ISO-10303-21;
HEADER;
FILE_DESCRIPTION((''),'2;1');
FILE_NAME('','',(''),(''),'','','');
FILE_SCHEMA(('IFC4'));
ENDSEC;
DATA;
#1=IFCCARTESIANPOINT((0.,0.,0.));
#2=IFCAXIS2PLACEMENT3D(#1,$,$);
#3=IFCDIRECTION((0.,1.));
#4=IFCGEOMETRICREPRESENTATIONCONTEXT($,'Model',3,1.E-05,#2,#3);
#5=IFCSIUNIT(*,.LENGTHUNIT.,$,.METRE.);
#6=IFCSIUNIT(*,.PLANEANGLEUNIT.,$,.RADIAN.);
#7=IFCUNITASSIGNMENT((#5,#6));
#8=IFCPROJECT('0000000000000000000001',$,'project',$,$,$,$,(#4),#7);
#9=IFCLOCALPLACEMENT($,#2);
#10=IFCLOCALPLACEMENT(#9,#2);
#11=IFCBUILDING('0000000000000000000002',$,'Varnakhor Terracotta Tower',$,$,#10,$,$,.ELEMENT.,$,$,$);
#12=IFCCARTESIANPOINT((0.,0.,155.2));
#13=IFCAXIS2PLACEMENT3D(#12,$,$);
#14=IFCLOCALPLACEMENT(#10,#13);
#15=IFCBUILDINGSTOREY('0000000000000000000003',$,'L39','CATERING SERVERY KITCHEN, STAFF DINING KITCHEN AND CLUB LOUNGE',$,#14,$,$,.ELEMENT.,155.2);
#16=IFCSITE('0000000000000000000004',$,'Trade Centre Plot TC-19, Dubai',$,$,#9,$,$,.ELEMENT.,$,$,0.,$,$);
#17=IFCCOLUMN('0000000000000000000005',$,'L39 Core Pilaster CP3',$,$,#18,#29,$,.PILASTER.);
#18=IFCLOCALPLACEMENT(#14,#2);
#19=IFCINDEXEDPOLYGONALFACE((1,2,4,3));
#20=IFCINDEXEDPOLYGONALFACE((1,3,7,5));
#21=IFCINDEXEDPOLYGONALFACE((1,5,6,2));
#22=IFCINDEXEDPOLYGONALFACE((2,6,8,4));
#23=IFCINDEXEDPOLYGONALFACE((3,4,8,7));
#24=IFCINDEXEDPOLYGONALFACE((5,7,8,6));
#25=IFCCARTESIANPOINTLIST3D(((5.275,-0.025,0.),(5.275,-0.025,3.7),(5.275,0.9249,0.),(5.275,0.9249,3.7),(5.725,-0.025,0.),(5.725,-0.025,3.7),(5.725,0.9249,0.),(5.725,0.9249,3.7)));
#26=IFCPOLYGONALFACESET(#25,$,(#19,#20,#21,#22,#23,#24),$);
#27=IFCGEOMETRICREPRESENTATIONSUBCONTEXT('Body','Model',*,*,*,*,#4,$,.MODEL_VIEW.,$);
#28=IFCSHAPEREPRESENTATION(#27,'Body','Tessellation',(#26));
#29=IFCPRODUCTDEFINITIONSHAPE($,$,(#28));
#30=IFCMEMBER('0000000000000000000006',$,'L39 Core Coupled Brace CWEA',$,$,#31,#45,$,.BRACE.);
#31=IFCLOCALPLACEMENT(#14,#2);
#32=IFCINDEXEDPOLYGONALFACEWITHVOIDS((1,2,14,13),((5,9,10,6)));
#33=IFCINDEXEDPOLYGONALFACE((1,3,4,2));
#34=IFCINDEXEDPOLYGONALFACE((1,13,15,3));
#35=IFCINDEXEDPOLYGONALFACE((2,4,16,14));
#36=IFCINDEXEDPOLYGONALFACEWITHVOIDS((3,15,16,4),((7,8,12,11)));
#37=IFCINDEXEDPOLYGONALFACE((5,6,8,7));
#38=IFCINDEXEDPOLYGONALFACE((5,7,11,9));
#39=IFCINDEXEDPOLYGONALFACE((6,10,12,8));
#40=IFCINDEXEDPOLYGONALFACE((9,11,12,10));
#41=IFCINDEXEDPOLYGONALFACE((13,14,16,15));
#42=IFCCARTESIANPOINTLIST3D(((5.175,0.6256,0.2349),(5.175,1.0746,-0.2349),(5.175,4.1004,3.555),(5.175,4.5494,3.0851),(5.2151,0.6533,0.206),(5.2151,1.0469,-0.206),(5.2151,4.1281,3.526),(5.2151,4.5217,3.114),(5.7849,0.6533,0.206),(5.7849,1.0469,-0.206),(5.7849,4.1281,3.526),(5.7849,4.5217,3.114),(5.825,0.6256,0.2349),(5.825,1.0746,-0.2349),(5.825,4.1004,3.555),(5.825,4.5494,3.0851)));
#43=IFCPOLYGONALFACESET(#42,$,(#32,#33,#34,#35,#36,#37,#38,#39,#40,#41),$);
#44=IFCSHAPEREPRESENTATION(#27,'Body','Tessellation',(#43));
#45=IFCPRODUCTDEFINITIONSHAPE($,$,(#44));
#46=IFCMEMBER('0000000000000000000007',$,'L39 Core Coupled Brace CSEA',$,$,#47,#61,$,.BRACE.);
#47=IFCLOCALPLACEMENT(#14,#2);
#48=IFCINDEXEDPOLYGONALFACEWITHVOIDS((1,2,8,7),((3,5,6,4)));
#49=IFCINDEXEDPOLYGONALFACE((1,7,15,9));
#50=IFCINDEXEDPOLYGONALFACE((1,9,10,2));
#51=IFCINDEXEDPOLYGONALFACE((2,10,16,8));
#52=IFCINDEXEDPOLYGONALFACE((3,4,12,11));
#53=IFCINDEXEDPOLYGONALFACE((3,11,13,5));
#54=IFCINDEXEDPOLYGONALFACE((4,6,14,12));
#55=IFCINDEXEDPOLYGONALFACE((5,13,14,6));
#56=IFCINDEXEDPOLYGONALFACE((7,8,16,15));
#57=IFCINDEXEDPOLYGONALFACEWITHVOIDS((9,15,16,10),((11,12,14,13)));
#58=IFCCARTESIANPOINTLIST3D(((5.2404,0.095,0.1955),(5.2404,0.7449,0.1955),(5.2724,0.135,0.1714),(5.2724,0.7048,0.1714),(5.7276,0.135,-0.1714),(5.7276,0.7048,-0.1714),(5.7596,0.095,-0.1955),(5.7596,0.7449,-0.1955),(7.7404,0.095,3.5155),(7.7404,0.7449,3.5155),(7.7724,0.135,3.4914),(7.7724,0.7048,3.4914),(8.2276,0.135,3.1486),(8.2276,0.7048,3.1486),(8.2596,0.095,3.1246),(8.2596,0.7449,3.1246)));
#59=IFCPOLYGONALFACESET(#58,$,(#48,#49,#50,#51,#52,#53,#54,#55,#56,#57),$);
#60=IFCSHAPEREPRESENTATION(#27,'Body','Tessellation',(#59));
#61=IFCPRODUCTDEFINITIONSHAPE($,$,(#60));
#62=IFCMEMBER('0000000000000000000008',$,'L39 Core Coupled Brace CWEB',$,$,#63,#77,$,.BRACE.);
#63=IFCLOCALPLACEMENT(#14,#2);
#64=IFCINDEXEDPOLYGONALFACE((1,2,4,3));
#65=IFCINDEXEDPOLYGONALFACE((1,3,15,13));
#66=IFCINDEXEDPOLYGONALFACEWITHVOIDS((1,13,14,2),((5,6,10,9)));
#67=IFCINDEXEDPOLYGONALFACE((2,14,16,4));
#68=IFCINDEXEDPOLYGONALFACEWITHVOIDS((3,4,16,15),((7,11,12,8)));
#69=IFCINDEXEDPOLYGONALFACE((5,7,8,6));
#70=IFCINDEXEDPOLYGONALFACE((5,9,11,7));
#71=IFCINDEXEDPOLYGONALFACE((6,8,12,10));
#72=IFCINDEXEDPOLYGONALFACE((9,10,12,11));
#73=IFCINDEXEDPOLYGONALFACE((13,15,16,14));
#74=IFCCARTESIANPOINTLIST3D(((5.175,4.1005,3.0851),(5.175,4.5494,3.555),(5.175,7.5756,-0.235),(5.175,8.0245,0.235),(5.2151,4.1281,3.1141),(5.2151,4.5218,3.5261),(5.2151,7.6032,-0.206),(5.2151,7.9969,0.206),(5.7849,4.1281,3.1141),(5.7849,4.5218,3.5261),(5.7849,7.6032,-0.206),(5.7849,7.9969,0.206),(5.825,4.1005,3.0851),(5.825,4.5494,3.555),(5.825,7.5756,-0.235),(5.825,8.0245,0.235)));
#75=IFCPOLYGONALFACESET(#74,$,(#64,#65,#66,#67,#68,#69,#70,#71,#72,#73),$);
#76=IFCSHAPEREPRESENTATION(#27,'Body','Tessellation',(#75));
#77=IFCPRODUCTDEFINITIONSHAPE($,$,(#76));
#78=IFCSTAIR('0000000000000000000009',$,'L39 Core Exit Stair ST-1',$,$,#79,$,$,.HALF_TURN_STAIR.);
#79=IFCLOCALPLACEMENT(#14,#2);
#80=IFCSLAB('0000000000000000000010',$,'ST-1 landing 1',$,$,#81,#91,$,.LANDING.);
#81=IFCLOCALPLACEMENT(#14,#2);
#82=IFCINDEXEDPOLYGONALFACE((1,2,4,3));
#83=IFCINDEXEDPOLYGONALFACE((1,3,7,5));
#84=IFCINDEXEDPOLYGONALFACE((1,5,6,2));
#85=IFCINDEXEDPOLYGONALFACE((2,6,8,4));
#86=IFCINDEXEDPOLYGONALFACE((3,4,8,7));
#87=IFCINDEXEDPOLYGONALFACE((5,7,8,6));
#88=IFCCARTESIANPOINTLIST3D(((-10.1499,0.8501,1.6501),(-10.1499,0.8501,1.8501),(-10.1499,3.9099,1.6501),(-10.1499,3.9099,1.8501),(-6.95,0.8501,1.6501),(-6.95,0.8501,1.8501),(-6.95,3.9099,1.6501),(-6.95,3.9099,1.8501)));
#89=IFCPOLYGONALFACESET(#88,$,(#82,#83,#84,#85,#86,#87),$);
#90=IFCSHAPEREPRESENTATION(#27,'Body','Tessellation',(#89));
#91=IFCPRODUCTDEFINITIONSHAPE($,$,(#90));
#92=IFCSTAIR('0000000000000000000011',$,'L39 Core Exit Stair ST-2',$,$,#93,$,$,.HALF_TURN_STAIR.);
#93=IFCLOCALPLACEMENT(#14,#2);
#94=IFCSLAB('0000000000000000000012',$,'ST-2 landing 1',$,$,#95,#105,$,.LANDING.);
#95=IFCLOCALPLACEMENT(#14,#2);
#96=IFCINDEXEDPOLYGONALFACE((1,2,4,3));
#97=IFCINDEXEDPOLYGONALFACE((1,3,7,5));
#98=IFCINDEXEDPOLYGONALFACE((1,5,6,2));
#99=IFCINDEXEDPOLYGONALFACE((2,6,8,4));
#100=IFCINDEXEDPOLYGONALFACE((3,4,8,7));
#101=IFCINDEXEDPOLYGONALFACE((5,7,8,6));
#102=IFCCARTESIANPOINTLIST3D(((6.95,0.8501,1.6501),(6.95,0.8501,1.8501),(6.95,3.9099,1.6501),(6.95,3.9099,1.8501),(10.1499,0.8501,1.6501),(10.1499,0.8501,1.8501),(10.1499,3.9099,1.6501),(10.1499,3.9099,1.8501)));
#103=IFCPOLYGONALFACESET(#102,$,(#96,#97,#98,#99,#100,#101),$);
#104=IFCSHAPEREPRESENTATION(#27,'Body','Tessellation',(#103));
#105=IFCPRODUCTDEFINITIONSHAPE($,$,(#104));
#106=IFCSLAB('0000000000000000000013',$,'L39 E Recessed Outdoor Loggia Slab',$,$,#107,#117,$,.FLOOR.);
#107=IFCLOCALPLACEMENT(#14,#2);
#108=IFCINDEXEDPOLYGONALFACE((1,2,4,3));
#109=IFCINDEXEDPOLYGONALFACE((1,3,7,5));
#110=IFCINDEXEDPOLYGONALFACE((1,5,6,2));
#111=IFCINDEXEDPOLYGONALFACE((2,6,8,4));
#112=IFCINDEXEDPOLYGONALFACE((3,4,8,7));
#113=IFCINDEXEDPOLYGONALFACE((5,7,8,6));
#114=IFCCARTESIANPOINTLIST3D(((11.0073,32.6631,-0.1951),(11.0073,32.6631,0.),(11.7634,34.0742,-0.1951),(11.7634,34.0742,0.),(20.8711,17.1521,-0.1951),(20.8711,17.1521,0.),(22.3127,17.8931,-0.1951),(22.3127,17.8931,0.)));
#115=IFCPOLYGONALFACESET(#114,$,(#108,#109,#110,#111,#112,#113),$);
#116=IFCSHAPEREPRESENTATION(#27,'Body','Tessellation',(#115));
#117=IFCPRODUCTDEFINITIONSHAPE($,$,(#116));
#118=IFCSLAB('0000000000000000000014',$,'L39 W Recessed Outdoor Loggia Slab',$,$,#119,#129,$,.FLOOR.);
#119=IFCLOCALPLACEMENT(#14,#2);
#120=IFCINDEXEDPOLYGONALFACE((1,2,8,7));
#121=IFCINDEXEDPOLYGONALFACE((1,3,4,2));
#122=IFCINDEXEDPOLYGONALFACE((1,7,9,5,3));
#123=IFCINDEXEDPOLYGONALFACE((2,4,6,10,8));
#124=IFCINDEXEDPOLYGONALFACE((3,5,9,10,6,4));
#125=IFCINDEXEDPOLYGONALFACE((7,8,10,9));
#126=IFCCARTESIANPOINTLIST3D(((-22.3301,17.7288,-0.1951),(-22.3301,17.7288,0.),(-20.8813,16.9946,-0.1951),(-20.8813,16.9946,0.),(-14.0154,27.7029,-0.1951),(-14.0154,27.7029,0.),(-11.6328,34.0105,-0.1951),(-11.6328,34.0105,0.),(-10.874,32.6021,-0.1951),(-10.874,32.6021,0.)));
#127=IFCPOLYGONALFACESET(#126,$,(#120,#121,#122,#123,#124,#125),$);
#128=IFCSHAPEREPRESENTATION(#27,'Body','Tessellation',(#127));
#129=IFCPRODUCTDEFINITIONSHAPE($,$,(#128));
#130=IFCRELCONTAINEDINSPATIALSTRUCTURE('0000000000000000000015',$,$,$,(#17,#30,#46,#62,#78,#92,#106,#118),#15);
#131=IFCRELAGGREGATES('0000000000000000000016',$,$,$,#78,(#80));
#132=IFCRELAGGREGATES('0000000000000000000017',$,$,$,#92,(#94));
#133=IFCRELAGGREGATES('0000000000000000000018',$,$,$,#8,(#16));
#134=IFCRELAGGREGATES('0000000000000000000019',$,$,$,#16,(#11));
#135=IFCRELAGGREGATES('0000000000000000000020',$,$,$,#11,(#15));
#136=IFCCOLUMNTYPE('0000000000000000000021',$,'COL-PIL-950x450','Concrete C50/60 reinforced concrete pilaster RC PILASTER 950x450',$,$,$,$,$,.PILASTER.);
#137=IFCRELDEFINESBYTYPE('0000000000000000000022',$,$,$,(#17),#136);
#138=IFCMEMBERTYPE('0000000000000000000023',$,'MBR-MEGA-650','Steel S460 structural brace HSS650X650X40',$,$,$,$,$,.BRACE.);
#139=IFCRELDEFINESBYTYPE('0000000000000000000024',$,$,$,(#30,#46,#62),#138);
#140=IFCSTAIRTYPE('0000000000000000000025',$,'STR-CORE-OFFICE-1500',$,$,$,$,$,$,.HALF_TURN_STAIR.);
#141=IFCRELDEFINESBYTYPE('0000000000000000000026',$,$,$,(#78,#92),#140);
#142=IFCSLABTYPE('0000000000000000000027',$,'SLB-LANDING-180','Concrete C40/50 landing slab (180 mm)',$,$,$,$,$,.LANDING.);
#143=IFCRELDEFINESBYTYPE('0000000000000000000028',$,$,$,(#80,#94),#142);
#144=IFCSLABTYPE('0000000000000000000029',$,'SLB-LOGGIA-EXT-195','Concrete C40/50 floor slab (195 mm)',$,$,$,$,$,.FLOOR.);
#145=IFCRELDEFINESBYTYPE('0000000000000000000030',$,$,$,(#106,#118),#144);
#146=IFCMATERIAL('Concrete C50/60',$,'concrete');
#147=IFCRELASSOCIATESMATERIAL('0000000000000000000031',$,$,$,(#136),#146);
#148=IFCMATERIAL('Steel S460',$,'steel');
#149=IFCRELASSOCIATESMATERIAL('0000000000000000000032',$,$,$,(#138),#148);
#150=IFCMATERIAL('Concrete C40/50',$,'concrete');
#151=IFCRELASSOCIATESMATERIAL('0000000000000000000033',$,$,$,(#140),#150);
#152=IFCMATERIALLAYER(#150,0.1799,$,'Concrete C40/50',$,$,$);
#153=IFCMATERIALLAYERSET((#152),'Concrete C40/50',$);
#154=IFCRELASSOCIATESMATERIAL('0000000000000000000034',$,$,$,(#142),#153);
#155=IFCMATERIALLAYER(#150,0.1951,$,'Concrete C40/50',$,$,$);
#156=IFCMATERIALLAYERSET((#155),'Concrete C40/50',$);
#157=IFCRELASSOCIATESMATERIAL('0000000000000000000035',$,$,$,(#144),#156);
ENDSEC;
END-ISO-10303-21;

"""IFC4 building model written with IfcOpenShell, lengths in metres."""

from ifc_helpers import new_model, si_unit, direction, frame, origin, origin_2d, place, context, subcontext, project, spatial, polyline, rectangle, hollow_rectangle, outline, extrude, source, transform, mapped, material, layer, layer_set, material_profile, profile_set, type_object, element, aggregate, save


model = new_model("IFC4")

# Units and contexts
model_context = context("Model", 3, precision=1e-05, world=origin(), true_north=direction((0.0, 1.0)))
body_context = subcontext(model_context, "Body", "Model", "MODEL_VIEW")
ifc_project = project(units=[si_unit("LENGTHUNIT", "METRE"), si_unit("PLANEANGLEUNIT", "RADIAN")], contexts=[model_context])

# Site, building, storey
site_placement = place(None, origin())
site = spatial("IfcSite", under=ifc_project, at=site_placement, Name="Trade Centre Plot TC-19, Dubai", CompositionType="ELEMENT", RefElevation=0.0)
building_placement = place(site_placement, origin())
building = spatial("IfcBuilding", under=site, at=building_placement, Name="Varnakhor Terracotta Tower", CompositionType="ELEMENT")
storey_placement = place(building_placement, frame((0.0, 0.0, 155.2)))
storey = spatial("IfcBuildingStorey", under=building, at=storey_placement, Name="L39", Description="CATERING SERVERY KITCHEN, STAFF DINING KITCHEN AND CLUB LOUNGE", CompositionType="ELEMENT", Elevation=155.2)

# Column
ifc_material_1 = material(Name="Concrete C50/60", Category="concrete")
ifc_material_profile_1 = material_profile(ifc_material_1, rectangle(XDim=0.45, YDim=0.95, at=origin_2d()), Name="RC PILASTER 950x450")
ifc_profile_set_1 = profile_set([ifc_material_profile_1], Name="Concrete C50/60")
column_type = type_object("IfcColumnType", Name="COL-PIL-950x450", Description="Concrete C50/60 reinforced concrete pilaster RC PILASTER 950x450", PredefinedType="PILASTER", material=ifc_profile_set_1)
shared_shape_1 = source(origin(), body_context, "Body", "SweptSolid", [
    extrude(rectangle(XDim=0.45, YDim=0.95, at=origin_2d()), origin(), (0.0, 0.0, 1.0), 3.7),
])
column_placement = place(storey_placement, frame((5.5, 0.45, 0.0), z_axis=(0.0, 0.0, 1.0), x_axis=(1.0, 0.0, 0.0)))
element("IfcColumn", 1, at=column_placement, inside=storey, type_object=column_type, Name="L39 Core Pilaster CP3", PredefinedType="PILASTER", context=body_context, shape_type="MappedRepresentation", body=[
    mapped(shared_shape_1, transform((0.0, 0.0, 0.0), scale=1.0)),
])

# Members
ifc_material_2 = material(Name="Steel S460", Category="steel")
ifc_material_profile_2 = material_profile(ifc_material_2, hollow_rectangle(XDim=0.6499, YDim=0.6499, WallThickness=0.04, at=origin_2d()), Name="HSS650X650X40")
ifc_profile_set_2 = profile_set([ifc_material_profile_2], Name="Steel S460")
member_type = type_object("IfcMemberType", Name="MBR-MEGA-650", Description="Steel S460 structural brace HSS650X650X40", PredefinedType="BRACE", material=ifc_profile_set_2)
shared_shape_2 = source(origin(), body_context, "Body", "SweptSolid", [
    extrude(hollow_rectangle(XDim=0.6499, YDim=0.6499, WallThickness=0.04, at=origin_2d()), origin(), (0.0, 0.0, 1.0), 4.8059),
])
member_1_placement = place(storey_placement, frame((5.5, 0.8501, 0.0), z_axis=(0.0, 0.723027, 0.69082), x_axis=(-1.0, 0.0, 0.0)))
element("IfcMember", 2, at=member_1_placement, inside=storey, type_object=member_type, Name="L39 Core Coupled Brace CWEA", PredefinedType="BRACE", context=body_context, shape_type="MappedRepresentation", body=[
    mapped(shared_shape_2, transform((0.0, 0.0, 0.0), scale=1.0)),
])
shared_shape_3 = source(origin(), body_context, "Body", "SweptSolid", [
    extrude(hollow_rectangle(XDim=0.6499, YDim=0.6499, WallThickness=0.04, at=origin_2d()), origin(), (0.0, 0.0, 1.0), 4.156),
])
member_2_placement = place(storey_placement, frame((5.5, 0.4199, 0.0), z_axis=(0.601531, 0.0, 0.79885), x_axis=(0.0, 1.0, 0.0)))
element("IfcMember", 3, at=member_2_placement, inside=storey, type_object=member_type, Name="L39 Core Coupled Brace CSEA", PredefinedType="BRACE", context=body_context, shape_type="MappedRepresentation", body=[
    mapped(shared_shape_3, transform((0.0, 0.0, 0.0), scale=1.0)),
])
shared_shape_4 = source(origin(), body_context, "Body", "SweptSolid", [
    extrude(hollow_rectangle(XDim=0.6499, YDim=0.6499, WallThickness=0.04, at=origin_2d()), origin(), (0.0, 0.0, 1.0), 4.8062),
])
member_3_placement = place(storey_placement, frame((5.5, 7.8, 0.0), z_axis=(0.0, -0.723051, 0.690795), x_axis=(1.0, 0.0, 0.0)))
element("IfcMember", 4, at=member_3_placement, inside=storey, type_object=member_type, Name="L39 Core Coupled Brace CWEB", PredefinedType="BRACE", context=body_context, shape_type="MappedRepresentation", body=[
    mapped(shared_shape_4, transform((0.0, 0.0, 0.0), scale=1.0)),
])

# Stairs, slabs
ifc_material_3 = material(Name="Concrete C40/50", Category="concrete")
stair_type = type_object("IfcStairType", Name="STR-CORE-OFFICE-1500", PredefinedType="HALF_TURN_STAIR", material=ifc_material_3)
stair_1_placement = place(storey_placement, origin())
stair_1 = element("IfcStair", 5, at=stair_1_placement, inside=storey, type_object=stair_type, Name="L39 Core Exit Stair ST-1", PredefinedType="HALF_TURN_STAIR")
ifc_layer_1 = layer(ifc_material_3, 0.1799, Name="Concrete C40/50")
ifc_layer_set_1 = layer_set([ifc_layer_1], Name="Concrete C40/50")
slab_type_1 = type_object("IfcSlabType", Name="SLB-LANDING-180", Description="Concrete C40/50 landing slab (180 mm)", PredefinedType="LANDING", material=ifc_layer_set_1)
slab_1_placement = place(storey_placement, frame((0.0, 0.0, 1.6501)))
slab_1 = element("IfcSlab", 6, at=slab_1_placement, type_object=slab_type_1, Name="ST-1 landing 1", PredefinedType="LANDING", context=body_context, shape_type="SweptSolid", body=[
    extrude(outline(polyline([(-10.1499, 3.9099), (-10.1499, 0.8501), (-6.95, 0.8501), (-6.95, 3.9099), (-10.1499, 3.9099)])), origin(), (0.0, 0.0, 1.0), 0.2),
])
aggregate(stair_1, [slab_1])
stair_2_placement = place(storey_placement, origin())
stair_2 = element("IfcStair", 7, at=stair_2_placement, inside=storey, type_object=stair_type, Name="L39 Core Exit Stair ST-2", PredefinedType="HALF_TURN_STAIR")
slab_2_placement = place(storey_placement, frame((0.0, 0.0, 1.6501)))
slab_2 = element("IfcSlab", 8, at=slab_2_placement, type_object=slab_type_1, Name="ST-2 landing 1", PredefinedType="LANDING", context=body_context, shape_type="SweptSolid", body=[
    extrude(outline(polyline([(6.95, 3.9099), (6.95, 0.8501), (10.1499, 0.8501), (10.1499, 3.9099), (6.95, 3.9099)])), origin(), (0.0, 0.0, 1.0), 0.2),
])

# Slabs
ifc_layer_2 = layer(ifc_material_3, 0.1951, Name="Concrete C40/50")
ifc_layer_set_2 = layer_set([ifc_layer_2], Name="Concrete C40/50")
slab_type_2 = type_object("IfcSlabType", Name="SLB-LOGGIA-EXT-195", Description="Concrete C40/50 floor slab (195 mm)", PredefinedType="FLOOR", material=ifc_layer_set_2)
slab_3_placement = place(storey_placement, frame((0.0, 0.0, -0.1951)))
element("IfcSlab", 9, at=slab_3_placement, inside=storey, type_object=slab_type_2, Name="L39 E Recessed Outdoor Loggia Slab", PredefinedType="FLOOR", context=body_context, shape_type="SweptSolid", body=[
    extrude(outline(polyline([(11.7634, 34.0742), (22.3127, 17.8931), (20.8711, 17.1521), (11.0073, 32.6631), (11.7634, 34.0742)])), origin(), (0.0, 0.0, 1.0), 0.1951),
])
slab_4_placement = place(storey_placement, frame((0.0, 0.0, -0.1951)))
element("IfcSlab", 10, at=slab_4_placement, inside=storey, type_object=slab_type_2, Name="L39 W Recessed Outdoor Loggia Slab", PredefinedType="FLOOR", context=body_context, shape_type="SweptSolid", body=[
    extrude(outline(polyline([(-22.3301, 17.7288), (-11.6328, 34.0105), (-10.874, 32.6021), (-14.0154, 27.7029), (-20.8813, 16.9946), (-22.3301, 17.7288)])), origin(), (0.0, 0.0, 1.0), 0.1951),
])

aggregate(stair_2, [slab_2])

save(model, "model.ifc")
